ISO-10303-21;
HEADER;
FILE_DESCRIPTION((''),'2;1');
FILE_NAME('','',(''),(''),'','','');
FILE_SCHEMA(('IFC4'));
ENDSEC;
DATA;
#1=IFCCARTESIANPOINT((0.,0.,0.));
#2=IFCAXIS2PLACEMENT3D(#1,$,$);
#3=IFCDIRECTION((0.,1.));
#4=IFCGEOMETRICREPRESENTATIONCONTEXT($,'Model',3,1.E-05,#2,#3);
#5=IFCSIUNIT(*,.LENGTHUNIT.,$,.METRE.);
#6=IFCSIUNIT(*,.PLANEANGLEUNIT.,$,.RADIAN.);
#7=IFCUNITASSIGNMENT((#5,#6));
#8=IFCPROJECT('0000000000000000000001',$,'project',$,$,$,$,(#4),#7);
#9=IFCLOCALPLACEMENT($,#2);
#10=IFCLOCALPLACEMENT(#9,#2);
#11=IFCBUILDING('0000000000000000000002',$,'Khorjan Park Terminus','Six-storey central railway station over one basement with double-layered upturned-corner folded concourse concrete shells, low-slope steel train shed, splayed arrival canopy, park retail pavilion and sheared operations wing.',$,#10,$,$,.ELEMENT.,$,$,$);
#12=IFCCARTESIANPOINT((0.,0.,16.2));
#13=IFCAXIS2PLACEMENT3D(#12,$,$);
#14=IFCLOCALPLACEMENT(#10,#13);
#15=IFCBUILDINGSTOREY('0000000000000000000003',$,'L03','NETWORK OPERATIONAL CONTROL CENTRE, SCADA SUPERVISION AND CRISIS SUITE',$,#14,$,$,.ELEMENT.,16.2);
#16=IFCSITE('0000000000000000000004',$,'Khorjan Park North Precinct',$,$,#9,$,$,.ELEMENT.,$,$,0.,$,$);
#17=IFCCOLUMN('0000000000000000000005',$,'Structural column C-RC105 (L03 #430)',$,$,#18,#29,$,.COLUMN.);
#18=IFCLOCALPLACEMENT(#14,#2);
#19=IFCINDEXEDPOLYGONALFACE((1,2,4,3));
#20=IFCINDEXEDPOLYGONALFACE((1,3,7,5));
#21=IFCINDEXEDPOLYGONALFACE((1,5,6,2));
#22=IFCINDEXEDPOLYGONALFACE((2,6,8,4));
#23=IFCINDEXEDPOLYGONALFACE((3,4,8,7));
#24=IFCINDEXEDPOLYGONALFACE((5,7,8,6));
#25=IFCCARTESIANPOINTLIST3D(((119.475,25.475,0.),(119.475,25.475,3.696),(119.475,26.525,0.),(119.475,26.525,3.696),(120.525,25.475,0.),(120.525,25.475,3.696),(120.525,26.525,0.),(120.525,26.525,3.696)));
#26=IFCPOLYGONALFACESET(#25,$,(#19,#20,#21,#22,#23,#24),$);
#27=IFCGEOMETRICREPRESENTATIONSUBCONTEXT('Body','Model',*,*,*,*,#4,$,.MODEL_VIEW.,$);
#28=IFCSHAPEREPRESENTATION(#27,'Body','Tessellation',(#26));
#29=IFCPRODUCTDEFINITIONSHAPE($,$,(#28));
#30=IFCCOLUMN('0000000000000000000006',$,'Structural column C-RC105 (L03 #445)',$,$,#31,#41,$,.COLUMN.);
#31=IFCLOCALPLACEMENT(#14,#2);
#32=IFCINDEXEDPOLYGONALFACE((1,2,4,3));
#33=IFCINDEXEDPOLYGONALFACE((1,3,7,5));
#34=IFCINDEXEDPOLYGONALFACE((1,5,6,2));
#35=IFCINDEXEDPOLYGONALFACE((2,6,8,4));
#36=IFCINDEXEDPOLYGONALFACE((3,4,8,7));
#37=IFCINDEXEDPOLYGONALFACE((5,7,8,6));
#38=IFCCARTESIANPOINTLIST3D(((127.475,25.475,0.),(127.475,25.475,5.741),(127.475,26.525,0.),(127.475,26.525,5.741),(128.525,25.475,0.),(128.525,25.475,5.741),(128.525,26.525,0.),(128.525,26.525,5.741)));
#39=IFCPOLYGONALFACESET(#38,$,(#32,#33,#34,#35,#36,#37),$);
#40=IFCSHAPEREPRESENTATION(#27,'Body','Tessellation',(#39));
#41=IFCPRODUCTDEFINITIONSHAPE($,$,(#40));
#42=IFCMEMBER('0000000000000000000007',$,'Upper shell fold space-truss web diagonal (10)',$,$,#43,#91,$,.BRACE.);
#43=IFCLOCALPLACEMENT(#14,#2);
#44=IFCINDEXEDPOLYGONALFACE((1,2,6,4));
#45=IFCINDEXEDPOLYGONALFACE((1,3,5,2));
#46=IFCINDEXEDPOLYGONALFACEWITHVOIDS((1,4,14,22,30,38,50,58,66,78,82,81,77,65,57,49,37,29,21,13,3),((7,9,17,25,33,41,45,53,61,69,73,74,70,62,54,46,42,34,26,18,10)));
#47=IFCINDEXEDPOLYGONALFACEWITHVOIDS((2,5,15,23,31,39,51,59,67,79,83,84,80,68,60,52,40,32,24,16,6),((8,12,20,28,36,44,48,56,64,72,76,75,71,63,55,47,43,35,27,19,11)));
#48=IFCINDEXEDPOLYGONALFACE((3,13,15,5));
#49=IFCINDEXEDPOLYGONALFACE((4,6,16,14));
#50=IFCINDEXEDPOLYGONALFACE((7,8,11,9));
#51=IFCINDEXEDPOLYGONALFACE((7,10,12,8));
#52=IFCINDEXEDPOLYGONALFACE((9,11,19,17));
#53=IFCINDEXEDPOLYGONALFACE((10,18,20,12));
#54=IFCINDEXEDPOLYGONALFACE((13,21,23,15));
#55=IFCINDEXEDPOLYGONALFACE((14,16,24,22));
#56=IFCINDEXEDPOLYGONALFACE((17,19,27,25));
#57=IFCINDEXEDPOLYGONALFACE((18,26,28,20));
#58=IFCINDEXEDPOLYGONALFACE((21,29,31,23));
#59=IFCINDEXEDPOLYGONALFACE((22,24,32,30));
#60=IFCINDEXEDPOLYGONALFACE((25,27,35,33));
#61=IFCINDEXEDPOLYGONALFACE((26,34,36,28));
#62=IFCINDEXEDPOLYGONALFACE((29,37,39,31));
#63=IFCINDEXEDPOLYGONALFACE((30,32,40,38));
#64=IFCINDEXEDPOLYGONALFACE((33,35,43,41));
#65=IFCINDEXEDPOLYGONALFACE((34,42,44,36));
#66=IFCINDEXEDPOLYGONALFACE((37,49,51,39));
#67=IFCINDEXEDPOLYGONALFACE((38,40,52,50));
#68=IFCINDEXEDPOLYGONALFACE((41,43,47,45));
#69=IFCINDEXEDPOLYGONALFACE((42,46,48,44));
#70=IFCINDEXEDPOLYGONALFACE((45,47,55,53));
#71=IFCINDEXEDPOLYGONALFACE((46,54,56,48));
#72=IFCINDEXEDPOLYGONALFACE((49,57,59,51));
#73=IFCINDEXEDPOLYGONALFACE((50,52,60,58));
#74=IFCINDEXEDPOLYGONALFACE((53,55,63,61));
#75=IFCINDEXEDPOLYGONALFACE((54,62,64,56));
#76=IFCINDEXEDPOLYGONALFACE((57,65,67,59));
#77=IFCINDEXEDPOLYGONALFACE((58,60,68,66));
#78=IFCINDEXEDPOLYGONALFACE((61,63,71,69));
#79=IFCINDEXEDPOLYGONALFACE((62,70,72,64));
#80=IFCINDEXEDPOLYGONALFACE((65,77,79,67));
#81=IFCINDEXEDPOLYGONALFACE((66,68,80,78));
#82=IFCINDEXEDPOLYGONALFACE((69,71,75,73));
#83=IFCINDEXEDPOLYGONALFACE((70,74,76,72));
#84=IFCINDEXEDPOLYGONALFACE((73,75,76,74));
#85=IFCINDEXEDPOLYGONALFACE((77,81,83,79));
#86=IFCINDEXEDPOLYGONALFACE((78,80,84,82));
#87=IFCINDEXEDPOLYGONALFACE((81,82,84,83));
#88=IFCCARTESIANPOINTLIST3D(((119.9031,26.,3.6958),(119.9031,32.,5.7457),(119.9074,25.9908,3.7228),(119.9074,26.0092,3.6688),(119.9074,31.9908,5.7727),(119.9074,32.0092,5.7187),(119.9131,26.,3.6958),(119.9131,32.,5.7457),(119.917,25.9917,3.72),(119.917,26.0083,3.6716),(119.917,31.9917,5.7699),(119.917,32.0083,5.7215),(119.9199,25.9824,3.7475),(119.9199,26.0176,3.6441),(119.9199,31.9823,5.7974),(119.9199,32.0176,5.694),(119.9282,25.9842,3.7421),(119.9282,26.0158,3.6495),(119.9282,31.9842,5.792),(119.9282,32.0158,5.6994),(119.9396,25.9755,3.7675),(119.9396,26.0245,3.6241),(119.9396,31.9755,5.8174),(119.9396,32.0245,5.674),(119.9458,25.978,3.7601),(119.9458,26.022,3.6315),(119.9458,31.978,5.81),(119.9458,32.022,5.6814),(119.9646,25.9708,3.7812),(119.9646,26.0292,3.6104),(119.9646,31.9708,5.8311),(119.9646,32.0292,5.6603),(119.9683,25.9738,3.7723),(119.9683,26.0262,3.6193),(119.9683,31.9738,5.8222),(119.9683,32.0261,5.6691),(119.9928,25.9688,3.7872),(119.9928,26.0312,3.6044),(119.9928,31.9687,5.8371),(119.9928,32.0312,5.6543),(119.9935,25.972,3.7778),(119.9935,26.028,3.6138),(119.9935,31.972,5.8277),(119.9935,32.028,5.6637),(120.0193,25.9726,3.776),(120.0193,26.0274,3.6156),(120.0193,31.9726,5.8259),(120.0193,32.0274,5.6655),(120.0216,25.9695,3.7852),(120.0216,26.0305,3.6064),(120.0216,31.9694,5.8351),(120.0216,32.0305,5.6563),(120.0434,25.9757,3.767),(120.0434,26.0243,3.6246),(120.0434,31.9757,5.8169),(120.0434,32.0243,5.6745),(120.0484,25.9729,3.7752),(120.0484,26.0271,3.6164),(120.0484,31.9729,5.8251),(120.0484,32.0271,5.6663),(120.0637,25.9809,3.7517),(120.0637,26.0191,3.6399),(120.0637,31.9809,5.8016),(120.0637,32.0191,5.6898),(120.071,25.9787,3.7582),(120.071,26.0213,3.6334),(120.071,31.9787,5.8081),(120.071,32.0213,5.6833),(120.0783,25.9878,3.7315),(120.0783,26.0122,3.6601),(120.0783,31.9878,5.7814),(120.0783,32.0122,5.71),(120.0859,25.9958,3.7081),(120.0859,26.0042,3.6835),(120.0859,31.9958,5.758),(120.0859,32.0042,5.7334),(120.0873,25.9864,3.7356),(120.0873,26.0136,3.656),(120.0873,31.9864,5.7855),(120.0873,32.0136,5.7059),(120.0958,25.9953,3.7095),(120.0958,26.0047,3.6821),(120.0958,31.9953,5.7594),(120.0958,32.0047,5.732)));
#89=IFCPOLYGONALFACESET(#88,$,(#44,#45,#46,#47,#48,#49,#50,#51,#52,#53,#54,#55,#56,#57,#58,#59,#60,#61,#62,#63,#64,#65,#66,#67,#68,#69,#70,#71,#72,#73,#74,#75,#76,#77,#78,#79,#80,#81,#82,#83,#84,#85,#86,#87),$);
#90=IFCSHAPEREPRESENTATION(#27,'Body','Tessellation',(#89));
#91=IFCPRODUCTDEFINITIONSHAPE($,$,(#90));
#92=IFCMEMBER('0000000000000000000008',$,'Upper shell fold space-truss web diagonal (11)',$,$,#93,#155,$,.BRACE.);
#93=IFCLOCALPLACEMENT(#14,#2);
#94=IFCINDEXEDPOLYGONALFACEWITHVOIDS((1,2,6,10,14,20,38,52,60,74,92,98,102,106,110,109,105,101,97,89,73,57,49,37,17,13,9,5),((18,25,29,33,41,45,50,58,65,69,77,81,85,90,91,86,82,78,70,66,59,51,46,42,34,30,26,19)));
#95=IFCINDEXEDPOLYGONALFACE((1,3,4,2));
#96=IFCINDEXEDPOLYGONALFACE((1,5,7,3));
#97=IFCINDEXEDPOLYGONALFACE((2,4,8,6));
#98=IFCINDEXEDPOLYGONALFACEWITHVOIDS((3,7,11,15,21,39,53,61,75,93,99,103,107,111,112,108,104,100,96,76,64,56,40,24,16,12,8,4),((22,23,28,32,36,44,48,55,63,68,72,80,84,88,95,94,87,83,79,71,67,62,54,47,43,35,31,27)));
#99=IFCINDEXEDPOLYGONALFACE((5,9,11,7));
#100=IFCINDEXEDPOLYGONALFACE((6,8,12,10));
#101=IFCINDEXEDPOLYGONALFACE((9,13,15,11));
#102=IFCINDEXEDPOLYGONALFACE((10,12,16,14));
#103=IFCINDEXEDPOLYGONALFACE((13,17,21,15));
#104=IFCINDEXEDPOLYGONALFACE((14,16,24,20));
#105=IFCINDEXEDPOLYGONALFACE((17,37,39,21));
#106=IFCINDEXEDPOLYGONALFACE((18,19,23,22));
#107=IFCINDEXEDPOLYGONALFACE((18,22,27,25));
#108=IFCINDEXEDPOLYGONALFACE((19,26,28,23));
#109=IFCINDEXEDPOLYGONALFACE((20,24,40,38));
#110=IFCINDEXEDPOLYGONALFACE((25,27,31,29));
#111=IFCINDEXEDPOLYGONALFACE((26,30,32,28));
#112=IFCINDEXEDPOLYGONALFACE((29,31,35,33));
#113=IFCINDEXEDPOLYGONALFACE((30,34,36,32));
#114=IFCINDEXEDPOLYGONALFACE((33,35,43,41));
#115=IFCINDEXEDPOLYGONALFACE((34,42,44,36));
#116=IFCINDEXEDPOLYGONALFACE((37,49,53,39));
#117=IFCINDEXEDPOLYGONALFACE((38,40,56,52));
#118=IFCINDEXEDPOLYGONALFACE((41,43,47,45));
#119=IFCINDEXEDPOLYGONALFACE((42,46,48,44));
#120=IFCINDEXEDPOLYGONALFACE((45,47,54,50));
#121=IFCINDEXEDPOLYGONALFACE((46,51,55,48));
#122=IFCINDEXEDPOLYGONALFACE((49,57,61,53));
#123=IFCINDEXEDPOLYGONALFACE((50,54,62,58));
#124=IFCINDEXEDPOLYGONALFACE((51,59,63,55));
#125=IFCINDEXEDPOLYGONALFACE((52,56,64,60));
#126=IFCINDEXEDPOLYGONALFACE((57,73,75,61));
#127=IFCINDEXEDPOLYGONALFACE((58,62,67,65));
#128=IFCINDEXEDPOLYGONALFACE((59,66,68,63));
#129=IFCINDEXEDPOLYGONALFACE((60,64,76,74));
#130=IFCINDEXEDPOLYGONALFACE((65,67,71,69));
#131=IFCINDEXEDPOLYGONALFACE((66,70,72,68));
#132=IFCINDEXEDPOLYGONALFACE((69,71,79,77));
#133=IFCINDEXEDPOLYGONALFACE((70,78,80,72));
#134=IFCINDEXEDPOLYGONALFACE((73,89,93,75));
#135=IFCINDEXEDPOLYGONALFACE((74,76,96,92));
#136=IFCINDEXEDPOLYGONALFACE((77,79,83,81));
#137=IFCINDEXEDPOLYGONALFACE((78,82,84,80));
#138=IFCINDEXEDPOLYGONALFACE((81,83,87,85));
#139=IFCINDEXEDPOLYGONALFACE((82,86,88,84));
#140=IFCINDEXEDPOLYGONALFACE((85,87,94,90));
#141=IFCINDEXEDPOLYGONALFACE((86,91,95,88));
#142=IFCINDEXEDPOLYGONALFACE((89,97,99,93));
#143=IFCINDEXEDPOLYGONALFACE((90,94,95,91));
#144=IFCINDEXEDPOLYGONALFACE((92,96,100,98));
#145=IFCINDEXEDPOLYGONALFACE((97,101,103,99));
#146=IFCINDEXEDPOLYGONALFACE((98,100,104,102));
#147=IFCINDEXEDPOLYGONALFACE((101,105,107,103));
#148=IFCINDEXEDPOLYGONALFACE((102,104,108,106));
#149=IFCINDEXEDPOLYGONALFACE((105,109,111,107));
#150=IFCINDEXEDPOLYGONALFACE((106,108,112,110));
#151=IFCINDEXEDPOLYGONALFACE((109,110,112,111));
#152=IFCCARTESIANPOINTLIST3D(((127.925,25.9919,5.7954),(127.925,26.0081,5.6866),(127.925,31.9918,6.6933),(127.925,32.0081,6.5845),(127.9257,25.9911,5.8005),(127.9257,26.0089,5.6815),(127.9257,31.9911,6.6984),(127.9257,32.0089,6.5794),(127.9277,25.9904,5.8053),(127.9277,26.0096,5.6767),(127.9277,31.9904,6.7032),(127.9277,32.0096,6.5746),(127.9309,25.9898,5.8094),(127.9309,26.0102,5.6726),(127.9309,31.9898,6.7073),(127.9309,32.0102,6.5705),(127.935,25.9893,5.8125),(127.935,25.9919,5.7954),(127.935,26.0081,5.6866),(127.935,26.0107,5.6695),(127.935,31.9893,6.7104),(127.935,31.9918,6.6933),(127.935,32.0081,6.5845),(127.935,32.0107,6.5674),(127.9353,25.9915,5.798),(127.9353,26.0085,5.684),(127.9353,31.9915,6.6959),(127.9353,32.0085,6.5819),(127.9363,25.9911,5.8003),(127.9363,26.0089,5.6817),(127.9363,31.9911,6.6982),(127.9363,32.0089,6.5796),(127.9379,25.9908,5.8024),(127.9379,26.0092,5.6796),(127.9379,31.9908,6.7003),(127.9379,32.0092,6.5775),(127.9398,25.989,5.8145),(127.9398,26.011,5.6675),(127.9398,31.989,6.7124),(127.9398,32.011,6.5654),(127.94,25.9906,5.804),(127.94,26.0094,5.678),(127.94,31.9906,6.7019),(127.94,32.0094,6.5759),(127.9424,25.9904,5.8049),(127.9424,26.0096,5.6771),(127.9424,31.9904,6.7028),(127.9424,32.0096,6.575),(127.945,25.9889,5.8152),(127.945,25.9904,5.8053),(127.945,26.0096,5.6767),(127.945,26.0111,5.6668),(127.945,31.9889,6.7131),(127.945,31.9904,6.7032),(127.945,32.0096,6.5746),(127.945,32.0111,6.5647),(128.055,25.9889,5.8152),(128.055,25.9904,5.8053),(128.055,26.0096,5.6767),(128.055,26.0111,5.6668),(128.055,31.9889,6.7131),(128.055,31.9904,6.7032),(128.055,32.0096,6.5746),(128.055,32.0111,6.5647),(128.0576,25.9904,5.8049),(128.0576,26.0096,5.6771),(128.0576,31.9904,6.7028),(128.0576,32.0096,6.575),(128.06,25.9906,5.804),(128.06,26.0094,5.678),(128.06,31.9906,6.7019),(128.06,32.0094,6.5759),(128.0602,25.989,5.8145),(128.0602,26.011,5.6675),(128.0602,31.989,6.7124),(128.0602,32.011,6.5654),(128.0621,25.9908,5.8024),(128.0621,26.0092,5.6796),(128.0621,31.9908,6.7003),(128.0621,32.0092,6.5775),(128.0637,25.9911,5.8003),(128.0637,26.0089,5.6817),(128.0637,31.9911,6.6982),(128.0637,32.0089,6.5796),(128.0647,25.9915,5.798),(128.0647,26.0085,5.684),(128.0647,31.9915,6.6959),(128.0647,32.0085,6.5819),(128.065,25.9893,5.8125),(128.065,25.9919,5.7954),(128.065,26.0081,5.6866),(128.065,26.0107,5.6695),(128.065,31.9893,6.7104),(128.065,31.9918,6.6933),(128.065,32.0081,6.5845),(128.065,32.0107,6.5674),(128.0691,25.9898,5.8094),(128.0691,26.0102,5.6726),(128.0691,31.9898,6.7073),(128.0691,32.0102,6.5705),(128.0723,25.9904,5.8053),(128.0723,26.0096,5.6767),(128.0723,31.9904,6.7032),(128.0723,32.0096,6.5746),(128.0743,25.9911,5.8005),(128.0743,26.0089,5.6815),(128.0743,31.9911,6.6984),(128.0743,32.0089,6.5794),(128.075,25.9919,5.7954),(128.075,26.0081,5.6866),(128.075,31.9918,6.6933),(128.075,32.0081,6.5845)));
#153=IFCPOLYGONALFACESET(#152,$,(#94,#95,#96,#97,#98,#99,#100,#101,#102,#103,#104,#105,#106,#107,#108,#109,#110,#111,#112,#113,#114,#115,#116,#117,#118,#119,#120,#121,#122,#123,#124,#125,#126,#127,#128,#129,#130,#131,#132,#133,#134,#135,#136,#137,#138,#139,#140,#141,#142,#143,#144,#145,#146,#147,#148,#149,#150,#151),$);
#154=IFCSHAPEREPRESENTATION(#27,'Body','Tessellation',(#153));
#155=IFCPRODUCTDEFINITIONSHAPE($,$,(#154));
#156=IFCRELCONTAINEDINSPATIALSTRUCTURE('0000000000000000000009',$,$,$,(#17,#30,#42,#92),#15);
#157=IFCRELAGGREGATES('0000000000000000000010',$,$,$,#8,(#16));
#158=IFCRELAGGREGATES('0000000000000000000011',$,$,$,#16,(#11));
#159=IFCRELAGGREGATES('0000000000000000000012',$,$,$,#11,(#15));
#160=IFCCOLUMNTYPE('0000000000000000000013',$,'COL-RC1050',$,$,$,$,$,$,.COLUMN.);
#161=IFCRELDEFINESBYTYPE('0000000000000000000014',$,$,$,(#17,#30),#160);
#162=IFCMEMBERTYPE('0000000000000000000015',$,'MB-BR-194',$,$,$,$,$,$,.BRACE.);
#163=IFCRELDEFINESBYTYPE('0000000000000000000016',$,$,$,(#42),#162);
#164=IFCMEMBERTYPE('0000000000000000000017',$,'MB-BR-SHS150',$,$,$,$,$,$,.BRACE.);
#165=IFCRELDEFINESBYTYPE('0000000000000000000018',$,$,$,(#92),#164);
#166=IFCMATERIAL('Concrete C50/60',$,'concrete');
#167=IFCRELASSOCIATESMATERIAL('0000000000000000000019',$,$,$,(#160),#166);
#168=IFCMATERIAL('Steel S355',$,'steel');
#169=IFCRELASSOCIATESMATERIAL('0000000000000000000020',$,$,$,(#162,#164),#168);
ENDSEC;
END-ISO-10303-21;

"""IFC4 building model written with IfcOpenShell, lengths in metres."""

from ifc_helpers import new_model, si_unit, direction, frame, origin, origin_2d, place, context, subcontext, project, spatial, rectangle, hollow_rectangle, hollow_circle, extrude, material, material_profile, profile_set, type_object, element, save


model = new_model("IFC4")

# Units and contexts
model_context = context("Model", 3, precision=1e-05, world=origin(), true_north=direction((0.0, 1.0)))
body_context = subcontext(model_context, "Body", "Model", "MODEL_VIEW")
ifc_project = project(units=[si_unit("LENGTHUNIT", "METRE"), si_unit("PLANEANGLEUNIT", "RADIAN")], contexts=[model_context])

# Site, building, storey
site_placement = place(None, origin())
site = spatial("IfcSite", under=ifc_project, at=site_placement, Name="Khorjan Park North Precinct", CompositionType="ELEMENT", RefElevation=0.0)
building_placement = place(site_placement, origin())
building = spatial("IfcBuilding", under=site, at=building_placement, Name="Khorjan Park Terminus", Description="Six-storey central railway station over one basement with double-layered upturned-corner folded concourse concrete shells, low-slope steel train shed, splayed arrival canopy, park retail pavilion and sheared operations wing.", CompositionType="ELEMENT")
storey_placement = place(building_placement, frame((0.0, 0.0, 16.2)))
storey = spatial("IfcBuildingStorey", under=building, at=storey_placement, Name="L03", Description="NETWORK OPERATIONAL CONTROL CENTRE, SCADA SUPERVISION AND CRISIS SUITE", CompositionType="ELEMENT", Elevation=16.2)

# Columns
ifc_material_1 = material(Name="Concrete C50/60", Category="concrete")
ifc_material_profile_1 = material_profile(ifc_material_1, rectangle(XDim=1.05, YDim=1.05, at=origin_2d()), Name="RC 1050x1050")
ifc_profile_set_1 = profile_set([ifc_material_profile_1], Name="Concrete C50/60")
column_type = type_object("IfcColumnType", Name="COL-RC1050", PredefinedType="COLUMN", material=ifc_profile_set_1)
column_1_placement = place(storey_placement, frame((120.0, 26.0, 0.0), z_axis=(0.0, 0.0, 1.0), x_axis=(1.0, 0.0, 0.0)))
element("IfcColumn", 1, at=column_1_placement, inside=storey, type_object=column_type, Name="Structural column C-RC105 (L03 #430)", PredefinedType="COLUMN", context=body_context, shape_type="SweptSolid", body=[
    extrude(rectangle(XDim=1.05, YDim=1.05, at=origin_2d()), origin(), (0.0, 0.0, 1.0), 3.696),
])
column_2_placement = place(storey_placement, frame((128.0, 26.0, 0.0), z_axis=(0.0, 0.0, 1.0), x_axis=(1.0, 0.0, 0.0)))
element("IfcColumn", 2, at=column_2_placement, inside=storey, type_object=column_type, Name="Structural column C-RC105 (L03 #445)", PredefinedType="COLUMN", context=body_context, shape_type="SweptSolid", body=[
    extrude(rectangle(XDim=1.05, YDim=1.05, at=origin_2d()), origin(), (0.0, 0.0, 1.0), 5.741),
])

# Members
ifc_material_2 = material(Name="Steel S355", Category="steel")
ifc_material_profile_2 = material_profile(ifc_material_2, hollow_circle(Radius=0.0969, WallThickness=0.01, at=origin_2d()), Name="CHS 193.7x10")
ifc_profile_set_2 = profile_set([ifc_material_profile_2], Name="Steel S355")
member_type_1 = type_object("IfcMemberType", Name="MB-BR-194", PredefinedType="BRACE", material=ifc_profile_set_2)
member_1_placement = place(storey_placement, frame((120.0, 26.0, 3.6958), z_axis=(0.0, 0.946296, 0.323302), x_axis=(-1.0, 0.0, 0.0)))
element("IfcMember", 3, at=member_1_placement, inside=storey, type_object=member_type_1, Name="Upper shell fold space-truss web diagonal (10)", PredefinedType="BRACE", context=body_context, shape_type="SweptSolid", body=[
    extrude(hollow_circle(Radius=0.0969, WallThickness=0.01, at=origin_2d()), origin(), (0.0, 0.0, 1.0), 6.3405),
])
ifc_material_profile_3 = material_profile(ifc_material_2, hollow_rectangle(XDim=0.15, YDim=0.15, WallThickness=0.01, InnerFilletRadius=0.01, OuterFilletRadius=0.02, at=origin_2d()), Name="SHS 150x150x10")
ifc_profile_set_3 = profile_set([ifc_material_profile_3], Name="Steel S355")
member_type_2 = type_object("IfcMemberType", Name="MB-BR-SHS150", PredefinedType="BRACE", material=ifc_profile_set_3)
member_2_placement = place(storey_placement, frame((128.0, 26.0, 5.741), z_axis=(0.0, 0.988987, 0.148002), x_axis=(-1.0, 0.0, 0.0)))
element("IfcMember", 4, at=member_2_placement, inside=storey, type_object=member_type_2, Name="Upper shell fold space-truss web diagonal (11)", PredefinedType="BRACE", context=body_context, shape_type="SweptSolid", body=[
    extrude(hollow_rectangle(XDim=0.15, YDim=0.15, WallThickness=0.01, InnerFilletRadius=0.01, OuterFilletRadius=0.02, at=origin_2d()), origin(), (0.0, 0.0, 1.0), 6.0668),
])

save(model, "model.ifc")
